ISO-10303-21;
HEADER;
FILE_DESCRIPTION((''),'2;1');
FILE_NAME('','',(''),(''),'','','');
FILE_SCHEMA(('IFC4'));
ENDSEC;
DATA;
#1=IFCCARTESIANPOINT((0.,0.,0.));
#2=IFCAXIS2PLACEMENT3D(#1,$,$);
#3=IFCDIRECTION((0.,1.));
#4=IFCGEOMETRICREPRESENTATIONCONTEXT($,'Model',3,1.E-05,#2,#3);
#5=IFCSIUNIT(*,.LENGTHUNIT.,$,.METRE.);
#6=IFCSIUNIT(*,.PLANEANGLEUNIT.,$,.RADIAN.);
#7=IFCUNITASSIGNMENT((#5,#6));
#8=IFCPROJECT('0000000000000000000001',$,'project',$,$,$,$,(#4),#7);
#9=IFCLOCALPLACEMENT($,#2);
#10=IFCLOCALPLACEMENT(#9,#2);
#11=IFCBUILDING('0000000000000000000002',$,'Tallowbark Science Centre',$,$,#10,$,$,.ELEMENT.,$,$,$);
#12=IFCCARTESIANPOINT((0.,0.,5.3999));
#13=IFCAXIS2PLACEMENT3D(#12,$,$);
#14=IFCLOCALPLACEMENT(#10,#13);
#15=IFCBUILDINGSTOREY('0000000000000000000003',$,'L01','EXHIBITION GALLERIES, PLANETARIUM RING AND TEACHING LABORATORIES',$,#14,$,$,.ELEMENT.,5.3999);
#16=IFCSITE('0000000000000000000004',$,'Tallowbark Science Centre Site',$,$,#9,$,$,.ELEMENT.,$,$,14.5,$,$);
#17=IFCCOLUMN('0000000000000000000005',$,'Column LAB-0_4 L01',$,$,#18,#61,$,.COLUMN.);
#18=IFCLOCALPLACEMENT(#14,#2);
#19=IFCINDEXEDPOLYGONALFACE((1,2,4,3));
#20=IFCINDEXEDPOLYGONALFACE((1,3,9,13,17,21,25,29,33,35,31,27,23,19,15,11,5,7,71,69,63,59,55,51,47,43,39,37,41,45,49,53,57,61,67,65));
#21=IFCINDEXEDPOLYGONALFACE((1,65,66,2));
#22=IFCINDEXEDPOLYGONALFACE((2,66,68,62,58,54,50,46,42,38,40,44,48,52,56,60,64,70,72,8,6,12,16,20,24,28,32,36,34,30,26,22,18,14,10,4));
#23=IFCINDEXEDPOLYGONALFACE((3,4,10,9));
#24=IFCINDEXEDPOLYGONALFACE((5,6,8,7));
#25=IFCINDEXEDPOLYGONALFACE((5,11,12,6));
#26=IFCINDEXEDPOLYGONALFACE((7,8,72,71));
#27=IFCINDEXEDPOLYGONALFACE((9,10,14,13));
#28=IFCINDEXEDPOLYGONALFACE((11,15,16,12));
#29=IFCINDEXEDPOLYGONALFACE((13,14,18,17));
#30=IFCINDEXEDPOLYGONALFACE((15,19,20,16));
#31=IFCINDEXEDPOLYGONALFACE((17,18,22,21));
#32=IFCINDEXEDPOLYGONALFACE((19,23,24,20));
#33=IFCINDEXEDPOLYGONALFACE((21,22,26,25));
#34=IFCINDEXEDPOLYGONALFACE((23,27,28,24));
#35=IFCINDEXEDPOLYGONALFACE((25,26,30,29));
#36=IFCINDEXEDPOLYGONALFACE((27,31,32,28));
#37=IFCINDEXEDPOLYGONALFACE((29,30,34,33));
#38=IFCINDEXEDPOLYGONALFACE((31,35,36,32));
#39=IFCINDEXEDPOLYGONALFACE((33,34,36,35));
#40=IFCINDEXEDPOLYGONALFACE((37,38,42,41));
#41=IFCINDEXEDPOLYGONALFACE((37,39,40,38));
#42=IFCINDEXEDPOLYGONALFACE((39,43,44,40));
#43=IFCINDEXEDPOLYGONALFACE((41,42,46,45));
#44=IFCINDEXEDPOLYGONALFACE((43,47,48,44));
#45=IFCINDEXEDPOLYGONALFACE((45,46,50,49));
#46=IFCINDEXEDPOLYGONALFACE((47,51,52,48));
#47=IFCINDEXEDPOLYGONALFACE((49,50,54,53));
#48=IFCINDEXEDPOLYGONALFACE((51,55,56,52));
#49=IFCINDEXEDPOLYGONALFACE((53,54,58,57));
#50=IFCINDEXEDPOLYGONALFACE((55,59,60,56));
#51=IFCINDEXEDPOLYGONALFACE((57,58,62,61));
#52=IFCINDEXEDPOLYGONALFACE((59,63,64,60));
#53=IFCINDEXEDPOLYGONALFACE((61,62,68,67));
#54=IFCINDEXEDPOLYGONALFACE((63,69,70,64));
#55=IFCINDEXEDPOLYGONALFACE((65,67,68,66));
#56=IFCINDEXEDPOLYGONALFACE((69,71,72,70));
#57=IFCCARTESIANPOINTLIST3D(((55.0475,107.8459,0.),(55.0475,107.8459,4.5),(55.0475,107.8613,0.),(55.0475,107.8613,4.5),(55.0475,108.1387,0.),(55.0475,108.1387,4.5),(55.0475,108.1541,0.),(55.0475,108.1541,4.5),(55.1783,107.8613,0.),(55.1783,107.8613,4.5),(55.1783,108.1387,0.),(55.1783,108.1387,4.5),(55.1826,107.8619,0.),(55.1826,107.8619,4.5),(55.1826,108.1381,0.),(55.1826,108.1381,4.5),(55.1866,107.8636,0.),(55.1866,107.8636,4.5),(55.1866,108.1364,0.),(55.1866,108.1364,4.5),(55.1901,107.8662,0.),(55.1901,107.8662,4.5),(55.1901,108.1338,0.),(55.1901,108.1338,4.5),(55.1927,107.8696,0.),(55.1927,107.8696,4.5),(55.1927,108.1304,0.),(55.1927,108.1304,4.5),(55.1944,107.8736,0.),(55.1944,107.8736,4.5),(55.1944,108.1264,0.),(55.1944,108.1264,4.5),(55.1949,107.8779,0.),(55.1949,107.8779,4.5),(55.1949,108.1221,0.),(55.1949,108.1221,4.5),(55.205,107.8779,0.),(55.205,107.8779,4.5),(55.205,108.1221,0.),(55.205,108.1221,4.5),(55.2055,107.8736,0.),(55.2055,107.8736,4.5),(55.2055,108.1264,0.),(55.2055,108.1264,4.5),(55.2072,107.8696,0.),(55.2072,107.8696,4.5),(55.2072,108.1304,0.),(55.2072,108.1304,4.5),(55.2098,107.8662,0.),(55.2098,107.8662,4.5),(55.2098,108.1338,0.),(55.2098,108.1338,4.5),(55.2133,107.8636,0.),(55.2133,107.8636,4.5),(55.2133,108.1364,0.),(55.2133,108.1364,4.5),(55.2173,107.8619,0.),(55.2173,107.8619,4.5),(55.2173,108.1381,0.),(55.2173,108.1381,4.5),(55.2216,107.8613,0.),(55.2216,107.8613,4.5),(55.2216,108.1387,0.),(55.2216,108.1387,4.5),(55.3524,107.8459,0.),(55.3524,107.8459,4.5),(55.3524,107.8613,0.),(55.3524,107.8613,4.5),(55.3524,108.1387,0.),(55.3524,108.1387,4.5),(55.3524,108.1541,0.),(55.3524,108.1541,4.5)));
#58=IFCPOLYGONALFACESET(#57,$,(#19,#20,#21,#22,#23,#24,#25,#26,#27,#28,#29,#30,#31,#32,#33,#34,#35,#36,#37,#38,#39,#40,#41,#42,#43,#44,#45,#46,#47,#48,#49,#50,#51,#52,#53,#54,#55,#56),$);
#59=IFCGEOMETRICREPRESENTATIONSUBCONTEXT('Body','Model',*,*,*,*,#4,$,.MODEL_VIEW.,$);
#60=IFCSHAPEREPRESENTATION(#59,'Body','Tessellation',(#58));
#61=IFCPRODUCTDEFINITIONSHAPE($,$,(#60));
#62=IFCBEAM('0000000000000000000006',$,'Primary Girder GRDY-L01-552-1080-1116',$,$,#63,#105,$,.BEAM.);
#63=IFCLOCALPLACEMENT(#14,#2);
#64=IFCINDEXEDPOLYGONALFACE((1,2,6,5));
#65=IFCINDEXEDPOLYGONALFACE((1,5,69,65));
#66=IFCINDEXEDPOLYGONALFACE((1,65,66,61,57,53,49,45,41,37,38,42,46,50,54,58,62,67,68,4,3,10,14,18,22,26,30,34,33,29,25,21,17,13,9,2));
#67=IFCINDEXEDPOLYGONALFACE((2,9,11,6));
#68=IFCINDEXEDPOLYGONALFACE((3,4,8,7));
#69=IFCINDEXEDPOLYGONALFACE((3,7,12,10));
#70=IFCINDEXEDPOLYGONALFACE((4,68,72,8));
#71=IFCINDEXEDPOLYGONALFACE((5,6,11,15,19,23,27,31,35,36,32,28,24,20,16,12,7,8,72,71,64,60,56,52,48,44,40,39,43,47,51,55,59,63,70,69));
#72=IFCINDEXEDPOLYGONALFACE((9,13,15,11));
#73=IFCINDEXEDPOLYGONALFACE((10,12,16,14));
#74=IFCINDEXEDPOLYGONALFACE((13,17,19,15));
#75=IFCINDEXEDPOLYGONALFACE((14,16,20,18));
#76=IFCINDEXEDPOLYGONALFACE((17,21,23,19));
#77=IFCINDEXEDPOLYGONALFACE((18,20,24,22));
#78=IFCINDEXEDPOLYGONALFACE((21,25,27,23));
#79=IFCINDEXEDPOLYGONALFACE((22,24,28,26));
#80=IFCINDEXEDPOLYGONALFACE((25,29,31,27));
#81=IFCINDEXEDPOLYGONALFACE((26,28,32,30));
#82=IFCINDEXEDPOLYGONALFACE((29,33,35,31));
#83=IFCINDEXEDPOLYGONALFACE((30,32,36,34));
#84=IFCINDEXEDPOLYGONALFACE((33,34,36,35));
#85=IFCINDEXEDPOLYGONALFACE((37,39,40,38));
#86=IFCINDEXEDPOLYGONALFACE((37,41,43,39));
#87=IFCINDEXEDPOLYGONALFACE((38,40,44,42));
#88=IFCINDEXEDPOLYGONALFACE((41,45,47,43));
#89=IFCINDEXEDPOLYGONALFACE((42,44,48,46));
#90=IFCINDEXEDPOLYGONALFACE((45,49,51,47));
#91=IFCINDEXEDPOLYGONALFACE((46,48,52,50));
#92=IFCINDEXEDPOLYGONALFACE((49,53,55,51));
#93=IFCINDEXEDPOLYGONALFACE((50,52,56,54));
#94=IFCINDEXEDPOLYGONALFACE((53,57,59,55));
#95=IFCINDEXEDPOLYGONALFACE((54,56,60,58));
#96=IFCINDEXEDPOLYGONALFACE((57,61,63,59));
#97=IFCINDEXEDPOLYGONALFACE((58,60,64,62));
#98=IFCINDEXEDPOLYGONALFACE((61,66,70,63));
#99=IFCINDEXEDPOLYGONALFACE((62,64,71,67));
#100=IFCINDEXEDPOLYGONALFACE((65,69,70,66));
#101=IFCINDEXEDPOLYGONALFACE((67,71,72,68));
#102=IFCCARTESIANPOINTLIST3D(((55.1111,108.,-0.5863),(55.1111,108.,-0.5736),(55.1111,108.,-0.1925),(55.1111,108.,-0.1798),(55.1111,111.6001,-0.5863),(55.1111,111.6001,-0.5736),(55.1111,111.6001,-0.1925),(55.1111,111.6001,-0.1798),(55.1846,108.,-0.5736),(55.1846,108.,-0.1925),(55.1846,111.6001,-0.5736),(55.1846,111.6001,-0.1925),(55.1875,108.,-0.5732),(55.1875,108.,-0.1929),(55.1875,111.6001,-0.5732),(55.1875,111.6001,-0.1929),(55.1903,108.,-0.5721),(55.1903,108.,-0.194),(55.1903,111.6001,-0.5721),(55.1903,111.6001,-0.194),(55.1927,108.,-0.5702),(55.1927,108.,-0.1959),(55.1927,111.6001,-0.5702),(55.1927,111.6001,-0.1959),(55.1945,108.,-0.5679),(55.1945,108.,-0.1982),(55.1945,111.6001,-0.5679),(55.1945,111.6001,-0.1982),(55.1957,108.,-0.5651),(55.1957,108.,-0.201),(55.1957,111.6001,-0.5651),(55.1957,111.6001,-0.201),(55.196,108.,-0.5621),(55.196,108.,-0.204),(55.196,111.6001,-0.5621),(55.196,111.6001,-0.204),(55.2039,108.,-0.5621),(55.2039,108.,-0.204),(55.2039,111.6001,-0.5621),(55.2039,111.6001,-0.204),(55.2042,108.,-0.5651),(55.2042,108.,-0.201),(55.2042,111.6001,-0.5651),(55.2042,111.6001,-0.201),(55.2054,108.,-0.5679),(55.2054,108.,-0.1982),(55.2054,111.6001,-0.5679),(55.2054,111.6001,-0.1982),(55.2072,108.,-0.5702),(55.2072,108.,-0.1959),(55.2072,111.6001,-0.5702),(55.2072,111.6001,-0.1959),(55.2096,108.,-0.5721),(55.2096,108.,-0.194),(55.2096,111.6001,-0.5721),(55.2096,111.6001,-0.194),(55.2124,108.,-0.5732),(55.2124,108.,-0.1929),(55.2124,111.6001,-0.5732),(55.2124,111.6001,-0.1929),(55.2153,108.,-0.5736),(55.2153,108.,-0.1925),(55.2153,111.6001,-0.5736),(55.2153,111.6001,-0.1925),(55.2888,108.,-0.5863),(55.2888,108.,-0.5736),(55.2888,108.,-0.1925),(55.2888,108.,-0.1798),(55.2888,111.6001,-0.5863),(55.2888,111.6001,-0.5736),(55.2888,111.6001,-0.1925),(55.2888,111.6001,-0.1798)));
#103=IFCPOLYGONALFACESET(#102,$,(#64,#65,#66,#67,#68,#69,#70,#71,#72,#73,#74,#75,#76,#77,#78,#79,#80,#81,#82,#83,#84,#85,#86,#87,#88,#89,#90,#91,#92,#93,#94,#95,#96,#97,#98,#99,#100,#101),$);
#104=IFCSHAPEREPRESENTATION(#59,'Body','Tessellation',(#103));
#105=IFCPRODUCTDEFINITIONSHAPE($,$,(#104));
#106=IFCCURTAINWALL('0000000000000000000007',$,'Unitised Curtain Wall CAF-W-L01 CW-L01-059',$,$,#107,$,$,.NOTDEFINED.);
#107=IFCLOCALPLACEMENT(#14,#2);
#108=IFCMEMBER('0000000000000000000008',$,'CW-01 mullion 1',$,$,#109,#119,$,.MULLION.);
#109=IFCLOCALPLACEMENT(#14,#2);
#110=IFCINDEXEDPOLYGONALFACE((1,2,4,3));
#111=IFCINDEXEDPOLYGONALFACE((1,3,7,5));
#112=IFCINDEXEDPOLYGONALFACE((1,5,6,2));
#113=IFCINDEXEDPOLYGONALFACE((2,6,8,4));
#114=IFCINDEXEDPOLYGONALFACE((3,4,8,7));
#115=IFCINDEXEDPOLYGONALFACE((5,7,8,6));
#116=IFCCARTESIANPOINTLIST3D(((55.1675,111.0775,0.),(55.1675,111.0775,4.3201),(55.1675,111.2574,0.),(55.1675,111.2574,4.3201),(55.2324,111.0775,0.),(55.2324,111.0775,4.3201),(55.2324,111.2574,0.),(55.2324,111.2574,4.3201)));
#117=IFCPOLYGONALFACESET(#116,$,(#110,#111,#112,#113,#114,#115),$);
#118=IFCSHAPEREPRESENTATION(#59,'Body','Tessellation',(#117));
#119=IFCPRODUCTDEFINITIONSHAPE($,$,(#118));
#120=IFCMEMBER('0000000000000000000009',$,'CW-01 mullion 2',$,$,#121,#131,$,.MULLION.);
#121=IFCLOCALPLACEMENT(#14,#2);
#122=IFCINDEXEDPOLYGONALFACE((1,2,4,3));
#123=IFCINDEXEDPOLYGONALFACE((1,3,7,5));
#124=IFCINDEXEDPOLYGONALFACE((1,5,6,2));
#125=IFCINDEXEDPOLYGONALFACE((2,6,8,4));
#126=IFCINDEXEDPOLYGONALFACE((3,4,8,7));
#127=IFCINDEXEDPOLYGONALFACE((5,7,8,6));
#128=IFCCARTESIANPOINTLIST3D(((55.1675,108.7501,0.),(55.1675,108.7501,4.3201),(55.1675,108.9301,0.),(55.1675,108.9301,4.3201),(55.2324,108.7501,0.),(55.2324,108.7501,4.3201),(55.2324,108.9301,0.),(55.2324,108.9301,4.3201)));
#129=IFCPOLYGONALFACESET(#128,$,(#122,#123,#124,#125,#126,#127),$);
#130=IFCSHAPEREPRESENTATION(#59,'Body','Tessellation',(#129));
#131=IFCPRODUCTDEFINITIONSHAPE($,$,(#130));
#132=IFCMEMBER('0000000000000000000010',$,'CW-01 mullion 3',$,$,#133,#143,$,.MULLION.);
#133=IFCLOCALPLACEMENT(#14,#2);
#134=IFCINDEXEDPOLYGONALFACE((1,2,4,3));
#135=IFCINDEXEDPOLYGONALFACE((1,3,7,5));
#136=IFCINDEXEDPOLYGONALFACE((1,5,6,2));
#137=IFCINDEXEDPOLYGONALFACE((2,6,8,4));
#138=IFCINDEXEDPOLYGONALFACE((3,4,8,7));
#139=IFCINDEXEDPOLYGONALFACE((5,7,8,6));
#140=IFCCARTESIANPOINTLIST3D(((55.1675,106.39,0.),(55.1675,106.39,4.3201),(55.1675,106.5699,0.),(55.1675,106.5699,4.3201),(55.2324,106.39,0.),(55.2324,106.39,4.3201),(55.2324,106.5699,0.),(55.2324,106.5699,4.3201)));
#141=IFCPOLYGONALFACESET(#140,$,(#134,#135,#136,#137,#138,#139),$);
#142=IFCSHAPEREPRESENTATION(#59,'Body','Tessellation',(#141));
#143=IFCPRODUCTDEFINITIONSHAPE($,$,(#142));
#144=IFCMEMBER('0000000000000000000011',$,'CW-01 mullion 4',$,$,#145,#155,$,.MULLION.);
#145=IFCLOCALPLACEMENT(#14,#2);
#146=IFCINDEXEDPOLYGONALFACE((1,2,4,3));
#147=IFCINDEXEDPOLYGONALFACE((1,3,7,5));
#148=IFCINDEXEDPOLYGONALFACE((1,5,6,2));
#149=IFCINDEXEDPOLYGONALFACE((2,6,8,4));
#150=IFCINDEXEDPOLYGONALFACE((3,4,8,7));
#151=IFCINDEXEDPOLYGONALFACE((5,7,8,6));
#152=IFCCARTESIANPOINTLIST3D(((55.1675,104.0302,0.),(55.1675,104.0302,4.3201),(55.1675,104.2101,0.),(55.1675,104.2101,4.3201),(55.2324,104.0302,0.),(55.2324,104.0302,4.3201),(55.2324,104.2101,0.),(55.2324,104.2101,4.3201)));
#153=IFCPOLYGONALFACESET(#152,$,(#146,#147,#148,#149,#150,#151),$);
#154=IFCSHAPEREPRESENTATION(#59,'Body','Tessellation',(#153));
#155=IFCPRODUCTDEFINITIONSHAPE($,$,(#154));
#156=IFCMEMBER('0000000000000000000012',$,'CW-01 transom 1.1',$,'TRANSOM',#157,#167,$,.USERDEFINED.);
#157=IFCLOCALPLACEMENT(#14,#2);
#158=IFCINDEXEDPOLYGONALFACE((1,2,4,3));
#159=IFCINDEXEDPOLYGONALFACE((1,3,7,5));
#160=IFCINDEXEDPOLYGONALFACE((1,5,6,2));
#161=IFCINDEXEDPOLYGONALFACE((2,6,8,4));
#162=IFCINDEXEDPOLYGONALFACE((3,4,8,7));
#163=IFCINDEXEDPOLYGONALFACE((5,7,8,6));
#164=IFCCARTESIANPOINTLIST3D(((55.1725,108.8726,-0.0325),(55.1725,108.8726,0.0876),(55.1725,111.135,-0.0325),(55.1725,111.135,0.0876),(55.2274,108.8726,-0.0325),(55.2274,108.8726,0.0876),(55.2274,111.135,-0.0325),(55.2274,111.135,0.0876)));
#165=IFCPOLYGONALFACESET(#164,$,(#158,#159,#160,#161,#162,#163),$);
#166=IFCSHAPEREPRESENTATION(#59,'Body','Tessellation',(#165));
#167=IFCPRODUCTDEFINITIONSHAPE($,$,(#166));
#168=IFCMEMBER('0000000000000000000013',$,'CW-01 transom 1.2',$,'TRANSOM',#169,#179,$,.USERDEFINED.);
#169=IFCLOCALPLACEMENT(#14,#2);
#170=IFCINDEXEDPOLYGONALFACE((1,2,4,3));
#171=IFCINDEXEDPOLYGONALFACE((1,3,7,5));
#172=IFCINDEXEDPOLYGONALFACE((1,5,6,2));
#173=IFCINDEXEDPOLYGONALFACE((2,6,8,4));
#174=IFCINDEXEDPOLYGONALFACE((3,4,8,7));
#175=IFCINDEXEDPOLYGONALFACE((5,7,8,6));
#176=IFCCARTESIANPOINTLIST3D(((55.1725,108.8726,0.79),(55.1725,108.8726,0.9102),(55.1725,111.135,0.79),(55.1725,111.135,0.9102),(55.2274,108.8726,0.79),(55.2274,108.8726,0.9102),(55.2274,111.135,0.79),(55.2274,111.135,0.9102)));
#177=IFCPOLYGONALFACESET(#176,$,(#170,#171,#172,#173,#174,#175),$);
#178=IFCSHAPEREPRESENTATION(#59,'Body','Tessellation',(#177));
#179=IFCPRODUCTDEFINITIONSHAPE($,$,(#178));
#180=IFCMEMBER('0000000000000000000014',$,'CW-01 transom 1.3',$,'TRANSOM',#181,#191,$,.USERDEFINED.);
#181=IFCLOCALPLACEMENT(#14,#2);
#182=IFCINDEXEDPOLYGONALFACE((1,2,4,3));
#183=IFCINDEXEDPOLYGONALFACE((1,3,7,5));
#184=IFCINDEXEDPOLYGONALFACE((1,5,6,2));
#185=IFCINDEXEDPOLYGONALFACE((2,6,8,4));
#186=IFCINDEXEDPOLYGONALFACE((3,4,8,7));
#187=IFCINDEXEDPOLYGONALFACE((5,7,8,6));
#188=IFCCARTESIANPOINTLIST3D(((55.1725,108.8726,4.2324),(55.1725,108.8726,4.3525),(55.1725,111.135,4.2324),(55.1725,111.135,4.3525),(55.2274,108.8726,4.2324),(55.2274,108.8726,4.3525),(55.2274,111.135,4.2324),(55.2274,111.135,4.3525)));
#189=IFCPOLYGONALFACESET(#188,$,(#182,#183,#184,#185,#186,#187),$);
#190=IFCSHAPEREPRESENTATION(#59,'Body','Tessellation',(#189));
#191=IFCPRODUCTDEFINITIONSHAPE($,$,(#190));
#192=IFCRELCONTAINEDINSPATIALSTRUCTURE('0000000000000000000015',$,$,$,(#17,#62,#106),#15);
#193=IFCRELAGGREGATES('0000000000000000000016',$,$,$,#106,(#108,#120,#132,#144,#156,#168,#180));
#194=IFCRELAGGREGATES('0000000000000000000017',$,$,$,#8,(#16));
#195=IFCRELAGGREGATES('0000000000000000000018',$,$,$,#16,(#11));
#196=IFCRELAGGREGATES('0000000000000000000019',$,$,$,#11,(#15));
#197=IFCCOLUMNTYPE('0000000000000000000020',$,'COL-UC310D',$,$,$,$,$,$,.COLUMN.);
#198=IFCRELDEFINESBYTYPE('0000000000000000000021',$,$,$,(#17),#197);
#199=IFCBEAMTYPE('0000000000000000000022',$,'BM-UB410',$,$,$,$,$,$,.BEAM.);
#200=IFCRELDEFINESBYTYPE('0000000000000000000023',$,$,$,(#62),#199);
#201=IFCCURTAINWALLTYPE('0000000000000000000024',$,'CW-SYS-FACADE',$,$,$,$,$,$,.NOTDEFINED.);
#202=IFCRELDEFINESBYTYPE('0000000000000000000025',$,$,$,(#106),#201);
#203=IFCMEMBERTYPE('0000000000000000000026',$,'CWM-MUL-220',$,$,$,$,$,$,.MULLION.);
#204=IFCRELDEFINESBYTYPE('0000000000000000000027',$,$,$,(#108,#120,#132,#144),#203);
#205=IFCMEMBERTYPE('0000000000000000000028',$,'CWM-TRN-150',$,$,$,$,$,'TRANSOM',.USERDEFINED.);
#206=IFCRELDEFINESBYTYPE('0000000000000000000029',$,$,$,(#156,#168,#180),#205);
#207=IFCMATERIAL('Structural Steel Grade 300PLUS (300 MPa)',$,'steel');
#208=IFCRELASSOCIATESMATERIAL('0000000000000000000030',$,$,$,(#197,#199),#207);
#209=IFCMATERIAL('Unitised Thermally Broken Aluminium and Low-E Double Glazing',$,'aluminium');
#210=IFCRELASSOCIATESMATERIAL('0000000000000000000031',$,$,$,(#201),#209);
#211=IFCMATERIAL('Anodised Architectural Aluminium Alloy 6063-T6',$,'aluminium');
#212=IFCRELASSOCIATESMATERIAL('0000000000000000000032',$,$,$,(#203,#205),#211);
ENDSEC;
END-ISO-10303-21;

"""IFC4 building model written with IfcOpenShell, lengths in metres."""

from ifc_helpers import new_model, si_unit, direction, frame, origin, origin_2d, place, context, subcontext, project, spatial, rectangle, i_section, extrude, material, material_profile, profile_set, type_object, element, aggregate, save


model = new_model("IFC4")

# Units and contexts
model_context = context("Model", 3, precision=1e-05, world=origin(), true_north=direction((0.0, 1.0)))
body_context = subcontext(model_context, "Body", "Model", "MODEL_VIEW")
ifc_project = project(units=[si_unit("LENGTHUNIT", "METRE"), si_unit("PLANEANGLEUNIT", "RADIAN")], contexts=[model_context])

# Site, building, storey
site_placement = place(None, origin())
site = spatial("IfcSite", under=ifc_project, at=site_placement, Name="Tallowbark Science Centre Site", CompositionType="ELEMENT", RefElevation=14.5)
building_placement = place(site_placement, origin())
building = spatial("IfcBuilding", under=site, at=building_placement, Name="Tallowbark Science Centre", CompositionType="ELEMENT")
storey_placement = place(building_placement, frame((0.0, 0.0, 5.3999)))
storey = spatial("IfcBuildingStorey", under=building, at=storey_placement, Name="L01", Description="EXHIBITION GALLERIES, PLANETARIUM RING AND TEACHING LABORATORIES", CompositionType="ELEMENT", Elevation=5.3999)

# Column
ifc_material_1 = material(Name="Structural Steel Grade 300PLUS (300 MPa)", Category="steel")
ifc_material_profile_1 = material_profile(ifc_material_1, i_section(OverallWidth=0.3049, OverallDepth=0.3081, WebThickness=0.01, FlangeThickness=0.0154, FilletRadius=0.0166, at=origin_2d()), Name="310UC96.8")
ifc_profile_set_1 = profile_set([ifc_material_profile_1], Name="Structural Steel Grade 300PLUS (300 MPa)")
column_type = type_object("IfcColumnType", Name="COL-UC310D", PredefinedType="COLUMN", material=ifc_profile_set_1)
column_placement = place(storey_placement, frame((55.2, 108.0, 0.0), z_axis=(0.0, 0.0, 1.0), x_axis=(1.0, 0.0, 0.0)))
element("IfcColumn", 1, at=column_placement, inside=storey, type_object=column_type, Name="Column LAB-0_4 L01", PredefinedType="COLUMN", context=body_context, shape_type="SweptSolid", body=[
    extrude(i_section(OverallWidth=0.3049, OverallDepth=0.3081, WebThickness=0.01, FlangeThickness=0.0154, FilletRadius=0.0166, at=origin_2d()), origin(), (0.0, 0.0, 1.0), 4.5),
])

# Beam
ifc_material_profile_2 = material_profile(ifc_material_1, i_section(OverallWidth=0.1777, OverallDepth=0.4065, WebThickness=0.0078, FlangeThickness=0.0127, FilletRadius=0.0115, at=origin_2d()), Name="410UB59.7")
ifc_profile_set_2 = profile_set([ifc_material_profile_2], Name="Structural Steel Grade 300PLUS (300 MPa)")
beam_type_1 = type_object("IfcBeamType", Name="BM-UB410", PredefinedType="BEAM", material=ifc_profile_set_2)
beam_1_placement = place(storey_placement, frame((55.2, 108.0, -0.3831), z_axis=(0.0, 1.0, 0.0), x_axis=(-1.0, 0.0, 0.0)))
element("IfcBeam", 2, at=beam_1_placement, inside=storey, type_object=beam_type_1, Name="Primary Girder GRDY-L01-552-1080-1116", PredefinedType="BEAM", context=body_context, shape_type="SweptSolid", body=[
    extrude(i_section(OverallWidth=0.1777, OverallDepth=0.4065, WebThickness=0.0078, FlangeThickness=0.0127, FilletRadius=0.0115, at=origin_2d()), origin(), (0.0, 0.0, 1.0), 3.6001),
])

# Curtain wall, members
ifc_material_2 = material(Name="Unitised Thermally Broken Aluminium and Low-E Double Glazing", Category="aluminium")
curtain_wall_type = type_object("IfcCurtainWallType", Name="CW-SYS-FACADE", PredefinedType="NOTDEFINED", material=ifc_material_2)
curtain_wall_placement = place(storey_placement, origin())
curtain_wall = element("IfcCurtainWall", 3, at=curtain_wall_placement, inside=storey, type_object=curtain_wall_type, Name="Unitised Curtain Wall CAF-W-L01 CW-L01-059", PredefinedType="NOTDEFINED")
ifc_material_3 = material(Name="Anodised Architectural Aluminium Alloy 6063-T6", Category="aluminium")
ifc_material_profile_3 = material_profile(ifc_material_3, rectangle(XDim=0.0649, YDim=0.1799, at=origin_2d()), Name="ALU65x180")
ifc_profile_set_3 = profile_set([ifc_material_profile_3], Name="Anodised Architectural Aluminium Alloy 6063-T6")
member_type_1 = type_object("IfcMemberType", Name="CWM-MUL-220", PredefinedType="MULLION", material=ifc_profile_set_3)
member_1_placement = place(storey_placement, frame((55.2, 111.1675, 0.0), z_axis=(0.0, 0.0, 1.0), x_axis=(1.0, 0.0, 0.0)))
member_1 = element("IfcMember", 4, at=member_1_placement, type_object=member_type_1, Name="CW-01 mullion 1", PredefinedType="MULLION", context=body_context, shape_type="SweptSolid", body=[
    extrude(rectangle(XDim=0.0649, YDim=0.1799, at=origin_2d()), origin(), (0.0, 0.0, 1.0), 4.3201),
])
member_2_placement = place(storey_placement, frame((55.2, 108.8401, 0.0), z_axis=(0.0, 0.0, 1.0), x_axis=(1.0, 0.0, 0.0)))
member_2 = element("IfcMember", 5, at=member_2_placement, type_object=member_type_1, Name="CW-01 mullion 2", PredefinedType="MULLION", context=body_context, shape_type="SweptSolid", body=[
    extrude(rectangle(XDim=0.0649, YDim=0.1799, at=origin_2d()), origin(), (0.0, 0.0, 1.0), 4.3201),
])
member_3_placement = place(storey_placement, frame((55.2, 106.48, 0.0), z_axis=(0.0, 0.0, 1.0), x_axis=(1.0, 0.0, 0.0)))
member_3 = element("IfcMember", 6, at=member_3_placement, type_object=member_type_1, Name="CW-01 mullion 3", PredefinedType="MULLION", context=body_context, shape_type="SweptSolid", body=[
    extrude(rectangle(XDim=0.0649, YDim=0.1799, at=origin_2d()), origin(), (0.0, 0.0, 1.0), 4.3201),
])
member_4_placement = place(storey_placement, frame((55.2, 104.1201, 0.0), z_axis=(0.0, 0.0, 1.0), x_axis=(1.0, 0.0, 0.0)))
member_4 = element("IfcMember", 7, at=member_4_placement, type_object=member_type_1, Name="CW-01 mullion 4", PredefinedType="MULLION", context=body_context, shape_type="SweptSolid", body=[
    extrude(rectangle(XDim=0.0649, YDim=0.1799, at=origin_2d()), origin(), (0.0, 0.0, 1.0), 4.3201),
])
ifc_material_profile_4 = material_profile(ifc_material_3, rectangle(XDim=0.0549, YDim=0.1201, at=origin_2d()), Name="ALU55x120")
ifc_profile_set_4 = profile_set([ifc_material_profile_4], Name="Anodised Architectural Aluminium Alloy 6063-T6")
member_type_2 = type_object("IfcMemberType", Name="CWM-TRN-150", ElementType="TRANSOM", PredefinedType="USERDEFINED", material=ifc_profile_set_4)
member_5_placement = place(storey_placement, frame((55.2, 111.135, 0.0276), z_axis=(0.0, -1.0, 0.0), x_axis=(1.0, 0.0, 0.0)))
member_5 = element("IfcMember", 8, at=member_5_placement, type_object=member_type_2, Name="CW-01 transom 1.1", ObjectType="TRANSOM", PredefinedType="USERDEFINED", context=body_context, shape_type="SweptSolid", body=[
    extrude(rectangle(XDim=0.0549, YDim=0.1201, at=origin_2d()), origin(), (0.0, 0.0, 1.0), 2.2625),
])
member_6_placement = place(storey_placement, frame((55.2, 111.135, 0.8501), z_axis=(0.0, -1.0, 0.0), x_axis=(1.0, 0.0, 0.0)))
member_6 = element("IfcMember", 9, at=member_6_placement, type_object=member_type_2, Name="CW-01 transom 1.2", ObjectType="TRANSOM", PredefinedType="USERDEFINED", context=body_context, shape_type="SweptSolid", body=[
    extrude(rectangle(XDim=0.0549, YDim=0.1201, at=origin_2d()), origin(), (0.0, 0.0, 1.0), 2.2625),
])
member_7_placement = place(storey_placement, frame((55.2, 111.135, 4.2925), z_axis=(0.0, -1.0, 0.0), x_axis=(1.0, 0.0, 0.0)))
member_7 = element("IfcMember", 10, at=member_7_placement, type_object=member_type_2, Name="CW-01 transom 1.3", ObjectType="TRANSOM", PredefinedType="USERDEFINED", context=body_context, shape_type="SweptSolid", body=[
    extrude(rectangle(XDim=0.0549, YDim=0.1201, at=origin_2d()), origin(), (0.0, 0.0, 1.0), 2.2625),
])

aggregate(curtain_wall, [member_1, member_2, member_3, member_4, member_5, member_6, member_7])

save(model, "model.ifc")
